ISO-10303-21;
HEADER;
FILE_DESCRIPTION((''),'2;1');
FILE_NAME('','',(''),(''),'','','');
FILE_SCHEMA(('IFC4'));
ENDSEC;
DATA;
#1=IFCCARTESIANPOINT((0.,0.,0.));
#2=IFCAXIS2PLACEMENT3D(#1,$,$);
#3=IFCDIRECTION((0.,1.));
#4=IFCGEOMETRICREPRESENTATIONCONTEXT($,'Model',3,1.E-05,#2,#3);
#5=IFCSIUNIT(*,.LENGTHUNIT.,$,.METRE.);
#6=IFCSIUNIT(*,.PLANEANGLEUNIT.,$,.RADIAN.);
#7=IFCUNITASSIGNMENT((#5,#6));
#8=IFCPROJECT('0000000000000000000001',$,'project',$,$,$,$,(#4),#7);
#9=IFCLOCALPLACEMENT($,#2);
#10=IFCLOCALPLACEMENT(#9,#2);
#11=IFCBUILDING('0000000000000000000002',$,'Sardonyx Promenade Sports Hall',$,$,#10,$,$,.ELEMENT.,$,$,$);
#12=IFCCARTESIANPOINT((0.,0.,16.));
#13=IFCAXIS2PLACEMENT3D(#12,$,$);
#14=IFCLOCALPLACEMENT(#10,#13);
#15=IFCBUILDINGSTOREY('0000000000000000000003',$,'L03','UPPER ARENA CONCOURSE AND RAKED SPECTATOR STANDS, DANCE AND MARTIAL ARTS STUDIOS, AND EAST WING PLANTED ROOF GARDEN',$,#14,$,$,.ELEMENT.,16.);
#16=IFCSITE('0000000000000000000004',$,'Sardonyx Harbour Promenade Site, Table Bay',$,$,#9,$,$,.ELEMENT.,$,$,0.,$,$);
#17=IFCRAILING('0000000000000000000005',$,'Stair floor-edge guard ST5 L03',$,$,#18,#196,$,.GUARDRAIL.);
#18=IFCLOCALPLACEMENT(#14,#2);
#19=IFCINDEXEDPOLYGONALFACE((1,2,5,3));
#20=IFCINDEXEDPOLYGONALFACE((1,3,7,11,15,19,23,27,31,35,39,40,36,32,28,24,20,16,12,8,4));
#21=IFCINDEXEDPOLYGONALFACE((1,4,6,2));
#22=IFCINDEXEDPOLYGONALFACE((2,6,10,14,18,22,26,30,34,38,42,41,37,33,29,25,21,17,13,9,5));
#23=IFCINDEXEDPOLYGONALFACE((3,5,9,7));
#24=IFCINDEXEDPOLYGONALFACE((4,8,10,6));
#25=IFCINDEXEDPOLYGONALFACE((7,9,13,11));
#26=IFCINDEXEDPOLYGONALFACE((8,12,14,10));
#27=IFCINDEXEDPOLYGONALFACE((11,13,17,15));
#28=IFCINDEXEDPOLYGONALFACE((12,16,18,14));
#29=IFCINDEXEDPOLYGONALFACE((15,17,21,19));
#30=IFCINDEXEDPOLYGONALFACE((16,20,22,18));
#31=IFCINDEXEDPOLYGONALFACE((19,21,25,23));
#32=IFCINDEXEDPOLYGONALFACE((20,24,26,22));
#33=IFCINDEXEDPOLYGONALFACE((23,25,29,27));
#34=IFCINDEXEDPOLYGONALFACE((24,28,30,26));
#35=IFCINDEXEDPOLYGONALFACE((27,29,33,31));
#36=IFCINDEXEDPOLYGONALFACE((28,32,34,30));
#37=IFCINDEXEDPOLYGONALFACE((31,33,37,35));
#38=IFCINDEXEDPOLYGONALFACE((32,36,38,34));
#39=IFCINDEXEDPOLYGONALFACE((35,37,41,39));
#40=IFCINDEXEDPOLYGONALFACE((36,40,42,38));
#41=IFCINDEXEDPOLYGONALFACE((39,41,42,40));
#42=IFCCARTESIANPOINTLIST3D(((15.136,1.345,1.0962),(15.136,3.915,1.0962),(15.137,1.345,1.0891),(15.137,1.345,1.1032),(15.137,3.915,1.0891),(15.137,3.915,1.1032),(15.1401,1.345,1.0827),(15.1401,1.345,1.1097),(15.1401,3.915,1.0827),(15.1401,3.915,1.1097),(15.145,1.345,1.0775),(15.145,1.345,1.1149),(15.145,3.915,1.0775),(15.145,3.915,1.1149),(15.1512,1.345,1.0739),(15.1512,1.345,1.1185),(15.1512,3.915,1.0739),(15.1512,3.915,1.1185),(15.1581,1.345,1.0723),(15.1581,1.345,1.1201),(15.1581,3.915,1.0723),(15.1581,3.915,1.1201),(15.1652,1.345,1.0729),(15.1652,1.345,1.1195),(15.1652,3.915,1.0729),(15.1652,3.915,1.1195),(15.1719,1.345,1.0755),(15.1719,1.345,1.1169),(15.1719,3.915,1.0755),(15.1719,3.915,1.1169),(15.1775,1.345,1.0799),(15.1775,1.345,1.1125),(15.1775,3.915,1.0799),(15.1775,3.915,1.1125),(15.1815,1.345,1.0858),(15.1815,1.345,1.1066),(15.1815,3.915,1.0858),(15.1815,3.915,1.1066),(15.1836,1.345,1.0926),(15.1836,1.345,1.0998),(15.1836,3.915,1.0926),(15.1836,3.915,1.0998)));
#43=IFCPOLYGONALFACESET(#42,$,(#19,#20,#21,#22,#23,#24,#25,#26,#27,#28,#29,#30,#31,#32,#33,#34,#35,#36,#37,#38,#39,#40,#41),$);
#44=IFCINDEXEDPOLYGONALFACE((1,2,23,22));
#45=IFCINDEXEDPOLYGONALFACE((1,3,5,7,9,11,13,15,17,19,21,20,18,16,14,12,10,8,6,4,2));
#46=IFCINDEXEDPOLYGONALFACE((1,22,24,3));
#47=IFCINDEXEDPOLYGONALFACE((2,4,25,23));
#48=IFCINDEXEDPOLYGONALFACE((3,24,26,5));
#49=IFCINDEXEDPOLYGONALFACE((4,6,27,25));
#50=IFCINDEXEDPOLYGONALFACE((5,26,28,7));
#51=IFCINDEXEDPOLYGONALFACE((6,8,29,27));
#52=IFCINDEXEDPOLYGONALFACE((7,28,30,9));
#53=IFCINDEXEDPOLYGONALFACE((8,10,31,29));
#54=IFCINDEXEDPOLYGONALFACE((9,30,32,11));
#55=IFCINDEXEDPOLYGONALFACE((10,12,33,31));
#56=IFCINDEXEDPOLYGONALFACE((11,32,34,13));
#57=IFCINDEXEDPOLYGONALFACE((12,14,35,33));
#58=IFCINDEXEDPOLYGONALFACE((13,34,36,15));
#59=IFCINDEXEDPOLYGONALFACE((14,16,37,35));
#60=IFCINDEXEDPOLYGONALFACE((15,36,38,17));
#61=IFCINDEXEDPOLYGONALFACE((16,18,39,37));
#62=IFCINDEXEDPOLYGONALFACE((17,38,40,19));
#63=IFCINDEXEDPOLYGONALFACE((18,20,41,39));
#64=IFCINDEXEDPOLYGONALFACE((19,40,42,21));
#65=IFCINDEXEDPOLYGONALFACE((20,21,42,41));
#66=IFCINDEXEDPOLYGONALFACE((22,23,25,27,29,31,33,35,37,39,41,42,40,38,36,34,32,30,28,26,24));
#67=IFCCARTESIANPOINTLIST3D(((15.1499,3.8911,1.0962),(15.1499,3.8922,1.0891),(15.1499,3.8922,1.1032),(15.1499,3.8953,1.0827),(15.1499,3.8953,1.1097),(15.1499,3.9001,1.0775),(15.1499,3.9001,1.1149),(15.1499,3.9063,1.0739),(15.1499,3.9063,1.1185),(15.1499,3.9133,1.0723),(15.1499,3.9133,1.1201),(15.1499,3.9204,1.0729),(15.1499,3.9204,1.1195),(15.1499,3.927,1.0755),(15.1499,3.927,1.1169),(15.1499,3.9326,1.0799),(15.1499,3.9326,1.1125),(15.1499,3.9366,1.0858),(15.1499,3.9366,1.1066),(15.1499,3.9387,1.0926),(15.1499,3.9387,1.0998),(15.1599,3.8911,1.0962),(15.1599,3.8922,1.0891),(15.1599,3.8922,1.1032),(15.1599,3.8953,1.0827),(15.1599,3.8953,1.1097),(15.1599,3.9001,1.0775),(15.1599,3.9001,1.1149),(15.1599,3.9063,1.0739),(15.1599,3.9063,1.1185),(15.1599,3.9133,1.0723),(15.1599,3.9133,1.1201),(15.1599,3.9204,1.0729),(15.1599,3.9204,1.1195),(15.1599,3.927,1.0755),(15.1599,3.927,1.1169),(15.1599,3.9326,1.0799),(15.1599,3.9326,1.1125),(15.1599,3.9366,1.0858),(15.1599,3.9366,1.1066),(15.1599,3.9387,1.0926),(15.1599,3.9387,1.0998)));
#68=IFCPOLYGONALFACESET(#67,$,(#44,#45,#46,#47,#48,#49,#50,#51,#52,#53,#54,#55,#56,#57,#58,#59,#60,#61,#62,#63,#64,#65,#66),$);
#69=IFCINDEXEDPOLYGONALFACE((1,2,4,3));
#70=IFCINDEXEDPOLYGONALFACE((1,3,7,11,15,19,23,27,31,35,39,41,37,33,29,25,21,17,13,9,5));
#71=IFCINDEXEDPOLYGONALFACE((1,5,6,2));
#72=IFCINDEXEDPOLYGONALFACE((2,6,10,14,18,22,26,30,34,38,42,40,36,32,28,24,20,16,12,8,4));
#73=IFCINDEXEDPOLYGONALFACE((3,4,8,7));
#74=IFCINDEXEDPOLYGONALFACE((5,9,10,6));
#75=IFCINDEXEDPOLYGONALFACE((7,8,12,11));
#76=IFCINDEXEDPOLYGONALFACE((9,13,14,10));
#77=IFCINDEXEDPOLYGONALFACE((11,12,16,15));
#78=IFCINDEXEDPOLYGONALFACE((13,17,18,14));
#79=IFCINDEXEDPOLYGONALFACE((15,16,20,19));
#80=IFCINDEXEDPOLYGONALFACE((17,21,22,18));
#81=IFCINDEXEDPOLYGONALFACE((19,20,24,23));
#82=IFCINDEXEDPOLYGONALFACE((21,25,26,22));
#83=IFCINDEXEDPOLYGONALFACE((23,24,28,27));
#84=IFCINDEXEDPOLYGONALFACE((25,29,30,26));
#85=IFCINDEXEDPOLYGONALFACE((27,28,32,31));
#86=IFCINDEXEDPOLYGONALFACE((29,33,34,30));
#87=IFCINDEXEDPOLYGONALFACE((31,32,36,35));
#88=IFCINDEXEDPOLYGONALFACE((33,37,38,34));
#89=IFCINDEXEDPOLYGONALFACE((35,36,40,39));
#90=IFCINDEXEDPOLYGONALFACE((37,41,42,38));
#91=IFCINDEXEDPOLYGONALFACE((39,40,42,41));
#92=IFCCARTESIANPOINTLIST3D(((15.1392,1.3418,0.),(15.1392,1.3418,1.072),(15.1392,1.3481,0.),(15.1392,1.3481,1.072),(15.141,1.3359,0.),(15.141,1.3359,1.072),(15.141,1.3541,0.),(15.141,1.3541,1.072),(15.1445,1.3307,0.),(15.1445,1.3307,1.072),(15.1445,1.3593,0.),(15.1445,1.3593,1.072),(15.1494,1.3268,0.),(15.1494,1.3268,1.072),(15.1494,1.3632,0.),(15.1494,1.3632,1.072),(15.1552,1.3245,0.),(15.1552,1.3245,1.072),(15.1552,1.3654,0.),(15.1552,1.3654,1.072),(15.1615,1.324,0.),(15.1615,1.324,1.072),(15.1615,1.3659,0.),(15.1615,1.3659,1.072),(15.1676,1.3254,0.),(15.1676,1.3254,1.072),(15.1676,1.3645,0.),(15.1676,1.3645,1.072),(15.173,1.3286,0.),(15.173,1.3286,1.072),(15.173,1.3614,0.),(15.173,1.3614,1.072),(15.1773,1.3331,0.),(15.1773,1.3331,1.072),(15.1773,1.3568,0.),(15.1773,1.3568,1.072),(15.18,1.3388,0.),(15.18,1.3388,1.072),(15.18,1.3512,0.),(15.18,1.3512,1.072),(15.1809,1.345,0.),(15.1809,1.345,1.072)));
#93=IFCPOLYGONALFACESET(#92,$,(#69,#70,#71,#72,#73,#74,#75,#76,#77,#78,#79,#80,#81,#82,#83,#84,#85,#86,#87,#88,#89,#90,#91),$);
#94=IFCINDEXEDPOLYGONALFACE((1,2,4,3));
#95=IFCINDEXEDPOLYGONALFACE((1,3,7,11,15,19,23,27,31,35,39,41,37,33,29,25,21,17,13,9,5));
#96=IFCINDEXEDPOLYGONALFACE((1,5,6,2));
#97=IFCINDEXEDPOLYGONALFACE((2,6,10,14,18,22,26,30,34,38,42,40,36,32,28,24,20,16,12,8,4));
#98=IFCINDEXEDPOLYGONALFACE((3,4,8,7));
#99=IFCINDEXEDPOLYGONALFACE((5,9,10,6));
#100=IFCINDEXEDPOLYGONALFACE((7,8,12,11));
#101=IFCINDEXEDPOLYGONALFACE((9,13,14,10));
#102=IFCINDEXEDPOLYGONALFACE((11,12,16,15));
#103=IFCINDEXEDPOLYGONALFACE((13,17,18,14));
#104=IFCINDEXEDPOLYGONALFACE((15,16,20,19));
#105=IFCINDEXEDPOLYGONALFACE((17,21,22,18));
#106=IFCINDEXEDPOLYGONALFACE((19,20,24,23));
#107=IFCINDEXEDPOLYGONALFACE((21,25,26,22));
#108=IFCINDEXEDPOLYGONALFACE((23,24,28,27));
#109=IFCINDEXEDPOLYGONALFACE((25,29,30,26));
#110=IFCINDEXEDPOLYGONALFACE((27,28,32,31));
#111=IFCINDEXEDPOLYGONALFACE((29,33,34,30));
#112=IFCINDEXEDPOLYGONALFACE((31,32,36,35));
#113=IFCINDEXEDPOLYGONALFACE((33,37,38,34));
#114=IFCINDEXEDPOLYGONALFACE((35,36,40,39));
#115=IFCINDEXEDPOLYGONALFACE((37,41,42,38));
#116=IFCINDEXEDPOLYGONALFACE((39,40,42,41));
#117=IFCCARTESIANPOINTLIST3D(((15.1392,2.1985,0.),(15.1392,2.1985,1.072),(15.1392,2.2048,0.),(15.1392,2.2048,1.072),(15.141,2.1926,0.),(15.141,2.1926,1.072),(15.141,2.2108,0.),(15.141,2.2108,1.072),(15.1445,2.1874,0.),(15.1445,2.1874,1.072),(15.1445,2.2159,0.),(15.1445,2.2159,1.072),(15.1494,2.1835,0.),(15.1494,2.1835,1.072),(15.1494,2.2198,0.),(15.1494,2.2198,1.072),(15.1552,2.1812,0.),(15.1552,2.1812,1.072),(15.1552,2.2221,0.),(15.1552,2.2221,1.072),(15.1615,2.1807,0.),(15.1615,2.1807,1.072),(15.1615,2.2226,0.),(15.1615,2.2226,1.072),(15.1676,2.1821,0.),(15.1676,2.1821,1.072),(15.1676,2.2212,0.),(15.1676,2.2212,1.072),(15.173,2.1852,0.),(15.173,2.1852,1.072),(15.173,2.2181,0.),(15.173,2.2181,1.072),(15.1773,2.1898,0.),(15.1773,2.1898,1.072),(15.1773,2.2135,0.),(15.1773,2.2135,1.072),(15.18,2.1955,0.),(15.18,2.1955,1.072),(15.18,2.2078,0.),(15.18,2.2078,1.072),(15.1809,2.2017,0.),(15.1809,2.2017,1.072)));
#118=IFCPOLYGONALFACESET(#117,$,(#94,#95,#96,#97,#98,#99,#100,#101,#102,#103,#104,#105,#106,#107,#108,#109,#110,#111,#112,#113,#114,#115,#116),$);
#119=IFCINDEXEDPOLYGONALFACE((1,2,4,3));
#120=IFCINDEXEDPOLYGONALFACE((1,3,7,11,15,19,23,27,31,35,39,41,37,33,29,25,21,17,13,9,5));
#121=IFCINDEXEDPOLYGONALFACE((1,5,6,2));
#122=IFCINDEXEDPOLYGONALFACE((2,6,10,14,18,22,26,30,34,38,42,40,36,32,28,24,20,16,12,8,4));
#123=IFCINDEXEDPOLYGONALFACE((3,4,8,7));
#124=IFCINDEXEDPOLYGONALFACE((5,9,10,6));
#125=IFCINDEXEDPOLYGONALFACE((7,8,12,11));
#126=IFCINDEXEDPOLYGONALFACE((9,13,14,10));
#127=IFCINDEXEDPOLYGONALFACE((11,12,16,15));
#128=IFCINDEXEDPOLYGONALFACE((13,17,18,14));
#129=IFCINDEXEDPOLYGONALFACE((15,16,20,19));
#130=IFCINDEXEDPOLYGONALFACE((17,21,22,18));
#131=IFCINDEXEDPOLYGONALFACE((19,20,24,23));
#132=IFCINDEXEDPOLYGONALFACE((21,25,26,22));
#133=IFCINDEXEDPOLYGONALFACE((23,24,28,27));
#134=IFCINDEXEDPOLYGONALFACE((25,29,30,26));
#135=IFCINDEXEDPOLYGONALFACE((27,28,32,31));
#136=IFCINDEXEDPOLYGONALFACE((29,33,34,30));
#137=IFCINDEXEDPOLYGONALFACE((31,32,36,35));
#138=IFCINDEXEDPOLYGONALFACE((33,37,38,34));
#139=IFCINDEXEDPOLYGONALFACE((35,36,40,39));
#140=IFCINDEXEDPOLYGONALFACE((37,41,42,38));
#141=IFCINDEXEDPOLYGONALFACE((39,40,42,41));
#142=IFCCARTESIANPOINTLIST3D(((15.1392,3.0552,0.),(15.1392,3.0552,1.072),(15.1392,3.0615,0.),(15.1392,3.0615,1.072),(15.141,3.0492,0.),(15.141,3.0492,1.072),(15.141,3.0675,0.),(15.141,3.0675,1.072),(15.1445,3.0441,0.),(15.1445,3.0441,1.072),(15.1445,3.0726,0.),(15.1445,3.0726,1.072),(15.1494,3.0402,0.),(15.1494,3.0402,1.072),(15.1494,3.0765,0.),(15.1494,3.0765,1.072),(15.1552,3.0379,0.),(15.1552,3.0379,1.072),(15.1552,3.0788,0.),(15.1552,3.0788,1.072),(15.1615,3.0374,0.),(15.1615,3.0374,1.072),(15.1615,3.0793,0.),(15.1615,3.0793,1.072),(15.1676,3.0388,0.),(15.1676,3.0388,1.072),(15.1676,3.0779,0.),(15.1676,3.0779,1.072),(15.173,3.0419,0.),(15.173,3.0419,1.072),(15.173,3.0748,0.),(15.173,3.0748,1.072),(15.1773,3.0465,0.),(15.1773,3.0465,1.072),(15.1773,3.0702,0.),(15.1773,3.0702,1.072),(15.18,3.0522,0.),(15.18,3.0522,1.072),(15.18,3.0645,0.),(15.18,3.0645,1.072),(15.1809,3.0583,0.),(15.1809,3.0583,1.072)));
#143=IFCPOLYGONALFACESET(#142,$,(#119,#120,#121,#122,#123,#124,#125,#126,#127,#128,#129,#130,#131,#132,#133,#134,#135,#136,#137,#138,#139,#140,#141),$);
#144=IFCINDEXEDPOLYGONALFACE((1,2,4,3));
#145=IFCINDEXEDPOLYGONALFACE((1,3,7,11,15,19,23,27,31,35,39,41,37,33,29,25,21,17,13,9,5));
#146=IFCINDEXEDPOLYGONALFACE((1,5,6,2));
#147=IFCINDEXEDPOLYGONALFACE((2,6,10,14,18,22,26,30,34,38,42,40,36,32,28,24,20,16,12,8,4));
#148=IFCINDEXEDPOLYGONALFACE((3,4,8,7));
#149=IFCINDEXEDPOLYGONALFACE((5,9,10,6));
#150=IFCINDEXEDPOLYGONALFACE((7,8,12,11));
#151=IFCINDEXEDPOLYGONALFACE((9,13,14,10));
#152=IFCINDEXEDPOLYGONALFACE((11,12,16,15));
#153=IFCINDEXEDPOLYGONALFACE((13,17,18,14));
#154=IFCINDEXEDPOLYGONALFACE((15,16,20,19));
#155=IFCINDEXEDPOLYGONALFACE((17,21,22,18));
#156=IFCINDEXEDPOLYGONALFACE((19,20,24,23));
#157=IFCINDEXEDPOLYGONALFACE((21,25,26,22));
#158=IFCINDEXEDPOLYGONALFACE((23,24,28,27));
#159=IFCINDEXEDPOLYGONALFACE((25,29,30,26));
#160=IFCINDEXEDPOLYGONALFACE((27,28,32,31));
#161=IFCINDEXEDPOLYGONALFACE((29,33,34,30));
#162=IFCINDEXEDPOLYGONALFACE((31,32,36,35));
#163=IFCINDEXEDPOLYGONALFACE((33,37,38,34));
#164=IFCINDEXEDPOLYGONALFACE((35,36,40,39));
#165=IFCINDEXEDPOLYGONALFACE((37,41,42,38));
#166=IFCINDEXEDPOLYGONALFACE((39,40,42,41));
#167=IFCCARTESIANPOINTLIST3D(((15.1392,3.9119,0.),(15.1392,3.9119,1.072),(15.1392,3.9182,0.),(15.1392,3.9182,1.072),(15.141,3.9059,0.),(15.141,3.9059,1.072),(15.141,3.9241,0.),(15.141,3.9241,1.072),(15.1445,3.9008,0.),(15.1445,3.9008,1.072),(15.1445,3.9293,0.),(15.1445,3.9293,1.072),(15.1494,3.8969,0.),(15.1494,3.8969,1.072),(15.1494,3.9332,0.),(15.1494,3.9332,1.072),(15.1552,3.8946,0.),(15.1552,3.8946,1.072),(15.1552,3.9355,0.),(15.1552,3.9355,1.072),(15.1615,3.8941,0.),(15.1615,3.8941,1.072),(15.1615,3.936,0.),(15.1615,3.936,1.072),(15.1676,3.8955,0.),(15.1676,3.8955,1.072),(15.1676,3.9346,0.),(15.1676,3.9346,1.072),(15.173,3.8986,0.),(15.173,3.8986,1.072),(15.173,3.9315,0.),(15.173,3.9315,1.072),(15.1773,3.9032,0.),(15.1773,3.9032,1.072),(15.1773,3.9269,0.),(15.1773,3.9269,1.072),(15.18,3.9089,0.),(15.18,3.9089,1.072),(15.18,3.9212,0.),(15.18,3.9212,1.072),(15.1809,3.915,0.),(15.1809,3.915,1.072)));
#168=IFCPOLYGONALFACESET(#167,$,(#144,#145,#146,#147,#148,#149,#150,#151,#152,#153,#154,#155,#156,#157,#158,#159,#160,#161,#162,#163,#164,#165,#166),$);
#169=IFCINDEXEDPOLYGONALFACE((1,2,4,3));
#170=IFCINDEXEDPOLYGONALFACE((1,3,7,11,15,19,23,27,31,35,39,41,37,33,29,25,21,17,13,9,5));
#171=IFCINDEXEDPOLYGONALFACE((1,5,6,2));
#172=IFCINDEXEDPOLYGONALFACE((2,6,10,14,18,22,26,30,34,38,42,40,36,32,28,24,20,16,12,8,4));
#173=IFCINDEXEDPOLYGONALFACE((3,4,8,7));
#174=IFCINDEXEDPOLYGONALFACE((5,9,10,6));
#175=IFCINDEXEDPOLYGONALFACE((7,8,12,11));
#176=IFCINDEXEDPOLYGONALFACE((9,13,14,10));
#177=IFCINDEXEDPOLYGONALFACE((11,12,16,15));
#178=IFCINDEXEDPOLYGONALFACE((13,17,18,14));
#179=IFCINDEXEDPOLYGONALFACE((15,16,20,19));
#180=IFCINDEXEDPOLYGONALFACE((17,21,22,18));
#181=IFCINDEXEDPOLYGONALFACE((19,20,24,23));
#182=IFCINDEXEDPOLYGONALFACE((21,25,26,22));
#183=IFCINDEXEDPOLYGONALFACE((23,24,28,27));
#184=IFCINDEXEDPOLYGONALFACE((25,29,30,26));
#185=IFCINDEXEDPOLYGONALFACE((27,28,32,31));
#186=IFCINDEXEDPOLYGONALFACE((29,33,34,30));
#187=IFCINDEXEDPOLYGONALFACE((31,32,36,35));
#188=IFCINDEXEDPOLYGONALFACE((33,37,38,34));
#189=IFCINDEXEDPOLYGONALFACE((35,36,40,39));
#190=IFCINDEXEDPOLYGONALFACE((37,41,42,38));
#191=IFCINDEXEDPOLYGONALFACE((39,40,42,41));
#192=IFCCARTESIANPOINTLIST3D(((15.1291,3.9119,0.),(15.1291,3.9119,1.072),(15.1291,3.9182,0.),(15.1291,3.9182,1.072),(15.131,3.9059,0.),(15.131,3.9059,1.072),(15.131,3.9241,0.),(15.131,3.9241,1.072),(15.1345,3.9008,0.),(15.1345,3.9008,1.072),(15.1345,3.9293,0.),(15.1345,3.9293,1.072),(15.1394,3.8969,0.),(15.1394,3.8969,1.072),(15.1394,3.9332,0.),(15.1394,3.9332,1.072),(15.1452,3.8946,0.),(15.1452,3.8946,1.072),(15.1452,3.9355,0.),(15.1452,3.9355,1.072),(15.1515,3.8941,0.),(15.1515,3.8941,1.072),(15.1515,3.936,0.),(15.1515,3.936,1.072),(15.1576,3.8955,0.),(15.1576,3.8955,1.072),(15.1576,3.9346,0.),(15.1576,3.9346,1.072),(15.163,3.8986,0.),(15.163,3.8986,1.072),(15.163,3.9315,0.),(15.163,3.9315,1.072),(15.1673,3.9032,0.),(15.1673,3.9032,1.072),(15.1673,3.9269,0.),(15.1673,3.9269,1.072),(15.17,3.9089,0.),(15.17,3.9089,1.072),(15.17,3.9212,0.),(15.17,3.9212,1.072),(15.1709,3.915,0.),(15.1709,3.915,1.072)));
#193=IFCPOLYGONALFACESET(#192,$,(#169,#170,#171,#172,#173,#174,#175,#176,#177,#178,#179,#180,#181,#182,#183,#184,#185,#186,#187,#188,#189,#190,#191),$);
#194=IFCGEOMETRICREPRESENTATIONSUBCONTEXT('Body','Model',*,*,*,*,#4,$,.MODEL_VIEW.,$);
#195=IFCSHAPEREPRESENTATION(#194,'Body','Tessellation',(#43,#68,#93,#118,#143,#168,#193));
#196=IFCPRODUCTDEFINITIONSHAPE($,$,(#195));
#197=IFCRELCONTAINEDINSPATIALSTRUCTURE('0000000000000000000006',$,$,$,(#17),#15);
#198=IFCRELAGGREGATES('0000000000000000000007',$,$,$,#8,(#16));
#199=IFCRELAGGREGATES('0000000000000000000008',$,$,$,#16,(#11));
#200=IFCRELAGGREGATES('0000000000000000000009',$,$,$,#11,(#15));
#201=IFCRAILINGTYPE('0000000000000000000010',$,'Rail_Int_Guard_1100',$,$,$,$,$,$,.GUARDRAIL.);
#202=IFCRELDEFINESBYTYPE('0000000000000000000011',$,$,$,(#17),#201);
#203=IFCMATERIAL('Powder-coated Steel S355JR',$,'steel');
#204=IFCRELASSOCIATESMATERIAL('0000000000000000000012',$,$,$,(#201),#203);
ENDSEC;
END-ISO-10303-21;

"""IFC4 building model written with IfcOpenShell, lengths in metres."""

from ifc_helpers import new_model, si_unit, direction, frame, origin, origin_2d, place, context, subcontext, project, spatial, circle, extrude, material, type_object, element, save


model = new_model("IFC4")

# Units and contexts
model_context = context("Model", 3, precision=1e-05, world=origin(), true_north=direction((0.0, 1.0)))
body_context = subcontext(model_context, "Body", "Model", "MODEL_VIEW")
ifc_project = project(units=[si_unit("LENGTHUNIT", "METRE"), si_unit("PLANEANGLEUNIT", "RADIAN")], contexts=[model_context])

# Site, building, storey
site_placement = place(None, origin())
site = spatial("IfcSite", under=ifc_project, at=site_placement, Name="Sardonyx Harbour Promenade Site, Table Bay", CompositionType="ELEMENT", RefElevation=0.0)
building_placement = place(site_placement, origin())
building = spatial("IfcBuilding", under=site, at=building_placement, Name="Sardonyx Promenade Sports Hall", CompositionType="ELEMENT")
storey_placement = place(building_placement, frame((0.0, 0.0, 16.0)))
storey = spatial("IfcBuildingStorey", under=building, at=storey_placement, Name="L03", Description="UPPER ARENA CONCOURSE AND RAKED SPECTATOR STANDS, DANCE AND MARTIAL ARTS STUDIOS, AND EAST WING PLANTED ROOF GARDEN", CompositionType="ELEMENT", Elevation=16.0)

# Railing
ifc_material_1 = material(Name="Powder-coated Steel S355JR", Category="steel")
railing_type_1 = type_object("IfcRailingType", Name="Rail_Int_Guard_1100", PredefinedType="GUARDRAIL", material=ifc_material_1)
railing_1_placement = place(storey_placement, frame((15.1599, 1.345, 0.0)))
element("IfcRailing", 1, at=railing_1_placement, inside=storey, type_object=railing_type_1, Name="Stair floor-edge guard ST5 L03", PredefinedType="GUARDRAIL", context=body_context, shape_type="SweptSolid", body=[
    extrude(circle(Radius=0.0239, at=origin_2d()), frame((0.0, 0.0, 1.0962), z_axis=(0.0, 1.0, 0.0), x_axis=(-1.0, 0.0, 0.0)), (0.0, 0.0, 1.0), 2.5701),
    extrude(circle(Radius=0.0239, at=origin_2d()), frame((0.0, 2.5701, 1.0962), z_axis=(-1.0, 0.0, 0.0), x_axis=(0.0, -1.0, 0.0)), (0.0, 0.0, 1.0), 0.01),
    extrude(circle(Radius=0.021, at=origin_2d()), origin(), (0.0, 0.0, 1.0), 1.072),
    extrude(circle(Radius=0.021, at=origin_2d()), frame((0.0, 0.8567, 0.0)), (0.0, 0.0, 1.0), 1.072),
    extrude(circle(Radius=0.021, at=origin_2d()), frame((0.0, 1.7134, 0.0)), (0.0, 0.0, 1.0), 1.072),
    extrude(circle(Radius=0.021, at=origin_2d()), frame((0.0, 2.5701, 0.0)), (0.0, 0.0, 1.0), 1.072),
    extrude(circle(Radius=0.021, at=origin_2d()), frame((-0.01, 2.5701, 0.0)), (0.0, 0.0, 1.0), 1.072),
])

save(model, "model.ifc")
